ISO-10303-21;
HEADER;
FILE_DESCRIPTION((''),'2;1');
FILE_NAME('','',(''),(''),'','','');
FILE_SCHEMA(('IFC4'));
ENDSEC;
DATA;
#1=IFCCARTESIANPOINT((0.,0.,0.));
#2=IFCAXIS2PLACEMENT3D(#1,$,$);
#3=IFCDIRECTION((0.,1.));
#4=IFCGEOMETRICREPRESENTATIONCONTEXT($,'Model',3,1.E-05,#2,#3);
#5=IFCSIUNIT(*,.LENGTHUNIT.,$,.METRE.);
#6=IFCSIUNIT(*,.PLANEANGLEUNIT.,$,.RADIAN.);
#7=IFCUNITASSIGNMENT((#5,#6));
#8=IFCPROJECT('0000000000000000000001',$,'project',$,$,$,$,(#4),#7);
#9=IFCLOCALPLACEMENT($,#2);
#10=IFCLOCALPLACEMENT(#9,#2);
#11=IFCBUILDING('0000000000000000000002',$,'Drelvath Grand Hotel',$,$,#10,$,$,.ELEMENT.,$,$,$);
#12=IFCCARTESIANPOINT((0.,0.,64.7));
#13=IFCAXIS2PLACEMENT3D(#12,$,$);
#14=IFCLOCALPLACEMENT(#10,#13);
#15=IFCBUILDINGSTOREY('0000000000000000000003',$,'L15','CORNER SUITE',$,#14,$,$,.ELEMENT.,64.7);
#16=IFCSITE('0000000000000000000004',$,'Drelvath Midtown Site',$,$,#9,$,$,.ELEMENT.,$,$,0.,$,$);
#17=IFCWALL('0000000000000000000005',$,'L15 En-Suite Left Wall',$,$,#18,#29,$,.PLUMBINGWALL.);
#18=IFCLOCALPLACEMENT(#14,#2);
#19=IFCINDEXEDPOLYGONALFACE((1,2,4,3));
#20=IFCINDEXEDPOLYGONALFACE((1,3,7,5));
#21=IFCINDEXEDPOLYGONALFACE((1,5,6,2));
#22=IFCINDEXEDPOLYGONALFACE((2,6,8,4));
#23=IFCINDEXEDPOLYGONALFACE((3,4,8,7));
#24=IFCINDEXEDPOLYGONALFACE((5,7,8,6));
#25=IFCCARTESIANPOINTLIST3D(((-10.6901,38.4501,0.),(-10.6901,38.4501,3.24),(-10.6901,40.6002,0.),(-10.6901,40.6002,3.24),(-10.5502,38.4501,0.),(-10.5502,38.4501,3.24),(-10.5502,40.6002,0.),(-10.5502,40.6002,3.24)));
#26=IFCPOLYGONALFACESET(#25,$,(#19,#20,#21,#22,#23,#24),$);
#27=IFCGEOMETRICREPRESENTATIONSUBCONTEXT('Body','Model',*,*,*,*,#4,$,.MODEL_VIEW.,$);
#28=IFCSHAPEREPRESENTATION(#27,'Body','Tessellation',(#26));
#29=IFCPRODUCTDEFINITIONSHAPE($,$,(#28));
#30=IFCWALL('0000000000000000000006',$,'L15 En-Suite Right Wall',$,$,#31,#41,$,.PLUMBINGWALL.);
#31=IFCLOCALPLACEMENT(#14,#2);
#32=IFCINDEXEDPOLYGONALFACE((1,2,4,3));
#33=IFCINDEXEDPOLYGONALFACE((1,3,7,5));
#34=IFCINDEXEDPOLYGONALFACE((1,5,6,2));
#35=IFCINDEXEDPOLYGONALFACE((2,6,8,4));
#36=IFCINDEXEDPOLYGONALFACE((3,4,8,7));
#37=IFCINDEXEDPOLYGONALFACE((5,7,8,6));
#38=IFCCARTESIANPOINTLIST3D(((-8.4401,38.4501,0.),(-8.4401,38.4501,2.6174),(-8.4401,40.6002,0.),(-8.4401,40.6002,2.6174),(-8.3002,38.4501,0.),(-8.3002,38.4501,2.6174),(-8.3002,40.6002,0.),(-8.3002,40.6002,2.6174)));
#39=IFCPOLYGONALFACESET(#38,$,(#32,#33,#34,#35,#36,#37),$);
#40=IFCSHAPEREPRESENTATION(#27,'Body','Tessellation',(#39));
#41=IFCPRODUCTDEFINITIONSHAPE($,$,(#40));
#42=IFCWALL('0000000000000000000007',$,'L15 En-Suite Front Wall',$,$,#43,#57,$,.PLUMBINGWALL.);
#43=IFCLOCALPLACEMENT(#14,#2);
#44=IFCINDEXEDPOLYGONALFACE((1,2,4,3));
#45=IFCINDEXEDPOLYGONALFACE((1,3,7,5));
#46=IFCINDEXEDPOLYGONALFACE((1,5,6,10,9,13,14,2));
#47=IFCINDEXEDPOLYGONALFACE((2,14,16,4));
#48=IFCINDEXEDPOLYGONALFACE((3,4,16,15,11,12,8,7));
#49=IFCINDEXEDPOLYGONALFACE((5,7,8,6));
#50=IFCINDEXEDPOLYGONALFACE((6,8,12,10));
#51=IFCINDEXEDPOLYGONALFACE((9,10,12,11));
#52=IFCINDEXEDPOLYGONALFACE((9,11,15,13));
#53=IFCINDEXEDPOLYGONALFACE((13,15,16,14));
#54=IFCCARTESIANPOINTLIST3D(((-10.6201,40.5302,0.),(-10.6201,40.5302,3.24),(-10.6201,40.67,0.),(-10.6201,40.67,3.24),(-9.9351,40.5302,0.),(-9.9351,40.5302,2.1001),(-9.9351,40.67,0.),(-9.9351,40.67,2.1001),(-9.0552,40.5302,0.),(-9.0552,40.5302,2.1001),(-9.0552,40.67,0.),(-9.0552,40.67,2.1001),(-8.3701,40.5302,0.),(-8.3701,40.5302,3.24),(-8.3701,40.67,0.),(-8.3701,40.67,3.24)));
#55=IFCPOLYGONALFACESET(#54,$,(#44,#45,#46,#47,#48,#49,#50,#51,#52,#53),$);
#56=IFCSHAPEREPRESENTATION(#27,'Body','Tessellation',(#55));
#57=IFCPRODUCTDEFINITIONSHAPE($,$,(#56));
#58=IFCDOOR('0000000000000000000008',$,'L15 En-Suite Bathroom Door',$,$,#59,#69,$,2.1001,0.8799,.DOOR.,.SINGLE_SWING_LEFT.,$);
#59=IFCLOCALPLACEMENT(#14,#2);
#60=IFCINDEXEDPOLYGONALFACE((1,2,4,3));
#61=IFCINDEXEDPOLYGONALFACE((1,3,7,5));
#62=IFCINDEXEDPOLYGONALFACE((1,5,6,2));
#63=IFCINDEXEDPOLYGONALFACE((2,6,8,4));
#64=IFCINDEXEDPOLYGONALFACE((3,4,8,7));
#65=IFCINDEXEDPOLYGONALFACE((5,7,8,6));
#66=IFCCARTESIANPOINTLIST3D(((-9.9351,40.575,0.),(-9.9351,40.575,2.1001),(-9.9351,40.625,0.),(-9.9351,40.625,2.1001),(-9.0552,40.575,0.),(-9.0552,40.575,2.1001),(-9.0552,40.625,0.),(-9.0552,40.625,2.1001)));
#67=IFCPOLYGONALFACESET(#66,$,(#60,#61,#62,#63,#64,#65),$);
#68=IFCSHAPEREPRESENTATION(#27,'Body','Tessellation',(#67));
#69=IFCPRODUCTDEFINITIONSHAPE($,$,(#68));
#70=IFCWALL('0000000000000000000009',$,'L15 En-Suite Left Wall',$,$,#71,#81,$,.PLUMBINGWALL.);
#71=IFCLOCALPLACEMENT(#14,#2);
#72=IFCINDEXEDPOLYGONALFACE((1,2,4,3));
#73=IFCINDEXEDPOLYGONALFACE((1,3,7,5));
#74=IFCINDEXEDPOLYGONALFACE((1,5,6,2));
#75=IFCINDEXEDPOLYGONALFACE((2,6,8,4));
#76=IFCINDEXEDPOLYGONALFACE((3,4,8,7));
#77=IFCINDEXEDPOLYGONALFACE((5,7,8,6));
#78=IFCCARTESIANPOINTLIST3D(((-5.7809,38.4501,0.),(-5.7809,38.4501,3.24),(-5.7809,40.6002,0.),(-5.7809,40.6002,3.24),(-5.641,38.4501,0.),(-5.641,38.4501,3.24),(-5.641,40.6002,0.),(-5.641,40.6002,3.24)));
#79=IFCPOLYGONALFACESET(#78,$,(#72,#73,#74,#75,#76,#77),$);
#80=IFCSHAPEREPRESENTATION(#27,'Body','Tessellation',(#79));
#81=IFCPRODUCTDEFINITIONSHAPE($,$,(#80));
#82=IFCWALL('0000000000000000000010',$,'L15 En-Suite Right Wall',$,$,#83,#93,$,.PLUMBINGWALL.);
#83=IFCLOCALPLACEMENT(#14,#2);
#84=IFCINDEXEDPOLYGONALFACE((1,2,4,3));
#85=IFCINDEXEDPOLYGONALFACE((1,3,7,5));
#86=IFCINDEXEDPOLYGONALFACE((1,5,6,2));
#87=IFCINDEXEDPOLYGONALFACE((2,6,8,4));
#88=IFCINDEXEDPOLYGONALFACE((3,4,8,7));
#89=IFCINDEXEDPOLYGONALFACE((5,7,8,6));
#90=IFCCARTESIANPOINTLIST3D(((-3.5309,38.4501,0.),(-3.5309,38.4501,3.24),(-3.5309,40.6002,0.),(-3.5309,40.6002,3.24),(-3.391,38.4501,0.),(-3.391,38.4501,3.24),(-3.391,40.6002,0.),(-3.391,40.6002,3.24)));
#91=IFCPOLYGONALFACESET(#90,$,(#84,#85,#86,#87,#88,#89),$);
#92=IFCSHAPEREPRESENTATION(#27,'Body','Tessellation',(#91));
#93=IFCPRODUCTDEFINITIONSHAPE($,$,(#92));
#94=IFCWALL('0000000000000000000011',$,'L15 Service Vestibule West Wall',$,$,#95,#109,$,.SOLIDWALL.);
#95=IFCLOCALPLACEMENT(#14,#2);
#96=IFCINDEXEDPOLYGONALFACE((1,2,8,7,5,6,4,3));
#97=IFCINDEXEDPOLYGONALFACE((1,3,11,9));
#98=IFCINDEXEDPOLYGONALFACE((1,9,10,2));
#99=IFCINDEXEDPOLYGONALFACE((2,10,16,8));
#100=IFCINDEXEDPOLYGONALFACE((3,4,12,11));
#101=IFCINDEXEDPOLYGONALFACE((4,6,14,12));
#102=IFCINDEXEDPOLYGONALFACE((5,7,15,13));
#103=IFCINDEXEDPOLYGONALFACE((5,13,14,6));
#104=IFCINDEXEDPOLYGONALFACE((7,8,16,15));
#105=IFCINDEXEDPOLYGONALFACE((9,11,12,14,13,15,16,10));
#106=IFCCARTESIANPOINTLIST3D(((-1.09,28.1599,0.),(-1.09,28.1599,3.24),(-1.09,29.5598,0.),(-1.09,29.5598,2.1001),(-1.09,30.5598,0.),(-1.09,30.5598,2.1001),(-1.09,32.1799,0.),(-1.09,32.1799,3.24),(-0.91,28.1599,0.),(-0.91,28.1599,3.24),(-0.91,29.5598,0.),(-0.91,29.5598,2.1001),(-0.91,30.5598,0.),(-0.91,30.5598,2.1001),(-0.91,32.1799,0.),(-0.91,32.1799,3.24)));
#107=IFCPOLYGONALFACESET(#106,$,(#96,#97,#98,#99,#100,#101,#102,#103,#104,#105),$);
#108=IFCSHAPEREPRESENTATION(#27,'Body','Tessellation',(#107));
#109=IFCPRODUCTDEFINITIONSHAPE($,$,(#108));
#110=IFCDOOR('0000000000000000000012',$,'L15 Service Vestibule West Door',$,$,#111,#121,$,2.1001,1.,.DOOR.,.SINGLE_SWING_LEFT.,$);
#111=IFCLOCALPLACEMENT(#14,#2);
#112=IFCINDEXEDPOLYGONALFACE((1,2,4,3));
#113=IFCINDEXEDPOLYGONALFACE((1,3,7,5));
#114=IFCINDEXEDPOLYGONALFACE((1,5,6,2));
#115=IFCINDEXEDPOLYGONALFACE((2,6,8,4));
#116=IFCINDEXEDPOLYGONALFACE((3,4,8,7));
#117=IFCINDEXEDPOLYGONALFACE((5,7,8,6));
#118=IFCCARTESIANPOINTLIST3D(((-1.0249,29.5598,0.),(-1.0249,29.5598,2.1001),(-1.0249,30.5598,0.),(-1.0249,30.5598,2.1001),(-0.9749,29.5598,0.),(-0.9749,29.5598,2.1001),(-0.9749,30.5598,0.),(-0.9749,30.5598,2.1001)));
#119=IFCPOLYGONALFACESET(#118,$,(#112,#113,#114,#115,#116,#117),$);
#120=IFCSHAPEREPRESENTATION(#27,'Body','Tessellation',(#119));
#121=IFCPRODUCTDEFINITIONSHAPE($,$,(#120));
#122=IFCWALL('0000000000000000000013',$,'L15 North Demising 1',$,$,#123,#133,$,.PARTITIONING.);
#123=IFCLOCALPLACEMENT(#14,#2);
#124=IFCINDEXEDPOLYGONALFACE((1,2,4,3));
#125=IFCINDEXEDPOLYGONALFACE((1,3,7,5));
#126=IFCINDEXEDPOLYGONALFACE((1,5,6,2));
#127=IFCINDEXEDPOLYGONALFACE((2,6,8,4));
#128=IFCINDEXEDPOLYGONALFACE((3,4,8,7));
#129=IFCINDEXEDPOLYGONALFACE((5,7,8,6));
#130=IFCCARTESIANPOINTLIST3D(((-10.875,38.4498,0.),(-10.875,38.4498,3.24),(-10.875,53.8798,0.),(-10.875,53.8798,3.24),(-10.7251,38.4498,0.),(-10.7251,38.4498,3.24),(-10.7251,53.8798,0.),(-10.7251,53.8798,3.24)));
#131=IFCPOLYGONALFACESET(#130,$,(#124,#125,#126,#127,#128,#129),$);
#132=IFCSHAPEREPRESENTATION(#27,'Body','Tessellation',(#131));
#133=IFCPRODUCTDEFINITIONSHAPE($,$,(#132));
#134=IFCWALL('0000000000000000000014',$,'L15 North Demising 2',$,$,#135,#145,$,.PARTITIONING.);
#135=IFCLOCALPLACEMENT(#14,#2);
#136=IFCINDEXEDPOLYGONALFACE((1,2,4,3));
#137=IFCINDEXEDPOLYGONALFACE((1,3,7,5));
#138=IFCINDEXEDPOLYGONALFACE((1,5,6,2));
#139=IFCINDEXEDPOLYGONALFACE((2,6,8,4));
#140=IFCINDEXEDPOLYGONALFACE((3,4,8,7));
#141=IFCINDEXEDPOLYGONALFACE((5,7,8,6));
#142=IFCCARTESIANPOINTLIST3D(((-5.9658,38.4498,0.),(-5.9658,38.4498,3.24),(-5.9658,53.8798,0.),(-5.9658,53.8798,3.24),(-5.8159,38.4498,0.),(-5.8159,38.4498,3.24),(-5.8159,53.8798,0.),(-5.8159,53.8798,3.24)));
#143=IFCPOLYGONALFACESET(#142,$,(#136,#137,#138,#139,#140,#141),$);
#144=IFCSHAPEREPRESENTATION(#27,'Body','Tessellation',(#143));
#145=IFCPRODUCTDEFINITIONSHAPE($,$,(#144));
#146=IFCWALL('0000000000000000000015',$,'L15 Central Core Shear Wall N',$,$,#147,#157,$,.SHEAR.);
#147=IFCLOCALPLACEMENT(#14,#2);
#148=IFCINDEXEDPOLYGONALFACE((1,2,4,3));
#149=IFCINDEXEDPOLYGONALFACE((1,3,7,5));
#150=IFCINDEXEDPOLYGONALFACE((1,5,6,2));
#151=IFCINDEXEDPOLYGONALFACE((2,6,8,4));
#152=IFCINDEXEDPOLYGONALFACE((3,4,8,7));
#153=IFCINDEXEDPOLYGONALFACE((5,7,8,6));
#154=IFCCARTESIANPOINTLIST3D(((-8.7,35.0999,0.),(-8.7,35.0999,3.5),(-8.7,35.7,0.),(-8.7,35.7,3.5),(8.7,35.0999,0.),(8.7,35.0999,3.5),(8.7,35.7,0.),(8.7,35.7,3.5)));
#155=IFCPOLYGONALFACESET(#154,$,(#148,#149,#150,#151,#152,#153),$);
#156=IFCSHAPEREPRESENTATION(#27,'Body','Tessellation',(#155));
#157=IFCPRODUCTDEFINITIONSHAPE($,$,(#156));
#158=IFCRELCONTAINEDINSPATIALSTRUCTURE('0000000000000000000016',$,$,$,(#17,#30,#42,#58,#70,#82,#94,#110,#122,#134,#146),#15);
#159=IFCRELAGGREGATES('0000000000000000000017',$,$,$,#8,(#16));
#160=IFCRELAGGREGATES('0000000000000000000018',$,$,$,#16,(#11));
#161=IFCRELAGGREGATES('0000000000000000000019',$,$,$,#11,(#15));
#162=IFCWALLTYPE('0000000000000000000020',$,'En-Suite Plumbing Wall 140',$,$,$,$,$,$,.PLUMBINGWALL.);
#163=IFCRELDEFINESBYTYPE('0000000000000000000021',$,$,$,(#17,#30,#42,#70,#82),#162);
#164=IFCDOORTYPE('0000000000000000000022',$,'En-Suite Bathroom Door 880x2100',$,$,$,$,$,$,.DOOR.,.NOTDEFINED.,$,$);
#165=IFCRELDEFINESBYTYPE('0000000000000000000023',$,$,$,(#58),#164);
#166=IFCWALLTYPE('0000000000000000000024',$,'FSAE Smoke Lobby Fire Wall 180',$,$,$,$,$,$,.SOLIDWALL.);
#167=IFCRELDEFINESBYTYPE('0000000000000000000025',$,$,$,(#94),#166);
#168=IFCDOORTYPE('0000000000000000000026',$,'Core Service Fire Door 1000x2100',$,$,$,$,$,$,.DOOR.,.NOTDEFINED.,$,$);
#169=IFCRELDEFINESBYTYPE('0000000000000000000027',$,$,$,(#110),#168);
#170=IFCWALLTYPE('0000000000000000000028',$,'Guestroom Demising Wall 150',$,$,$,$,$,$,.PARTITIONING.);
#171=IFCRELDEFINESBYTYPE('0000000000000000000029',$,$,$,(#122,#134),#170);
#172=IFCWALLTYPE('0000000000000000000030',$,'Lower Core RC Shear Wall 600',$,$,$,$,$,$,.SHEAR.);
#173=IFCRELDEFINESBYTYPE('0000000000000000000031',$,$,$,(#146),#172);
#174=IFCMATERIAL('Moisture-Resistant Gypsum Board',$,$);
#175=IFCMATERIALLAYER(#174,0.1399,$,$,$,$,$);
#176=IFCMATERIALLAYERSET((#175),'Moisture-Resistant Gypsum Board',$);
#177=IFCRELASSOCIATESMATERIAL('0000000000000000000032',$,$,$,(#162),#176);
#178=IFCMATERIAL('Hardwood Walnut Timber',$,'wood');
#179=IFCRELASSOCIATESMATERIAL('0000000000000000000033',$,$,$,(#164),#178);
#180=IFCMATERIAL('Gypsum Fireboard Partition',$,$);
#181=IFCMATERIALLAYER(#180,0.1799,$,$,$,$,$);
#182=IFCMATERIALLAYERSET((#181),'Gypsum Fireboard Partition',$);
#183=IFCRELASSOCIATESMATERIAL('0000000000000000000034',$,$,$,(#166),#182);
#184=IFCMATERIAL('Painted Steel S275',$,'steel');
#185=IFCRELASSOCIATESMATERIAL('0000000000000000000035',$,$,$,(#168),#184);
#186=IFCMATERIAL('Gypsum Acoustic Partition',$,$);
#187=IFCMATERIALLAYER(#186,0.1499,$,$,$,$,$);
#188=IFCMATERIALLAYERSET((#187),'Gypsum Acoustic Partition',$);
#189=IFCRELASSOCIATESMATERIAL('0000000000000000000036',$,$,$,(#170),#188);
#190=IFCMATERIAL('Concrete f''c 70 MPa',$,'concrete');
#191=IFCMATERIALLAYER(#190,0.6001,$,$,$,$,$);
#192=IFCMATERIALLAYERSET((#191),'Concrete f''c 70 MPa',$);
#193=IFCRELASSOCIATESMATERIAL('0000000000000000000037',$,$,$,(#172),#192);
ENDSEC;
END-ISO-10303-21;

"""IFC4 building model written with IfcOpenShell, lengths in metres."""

from ifc_helpers import new_model, si_unit, direction, frame, frame_2d, origin, place, context, subcontext, project, spatial, rectangle, extrude, material, layer, layer_set, type_object, element, fill, save


model = new_model("IFC4")

# Units and contexts
model_context = context("Model", 3, precision=1e-05, world=origin(), true_north=direction((0.0, 1.0)))
body_context = subcontext(model_context, "Body", "Model", "MODEL_VIEW")
ifc_project = project(units=[si_unit("LENGTHUNIT", "METRE"), si_unit("PLANEANGLEUNIT", "RADIAN")], contexts=[model_context])

# Site, building, storey
site_placement = place(None, origin())
site = spatial("IfcSite", under=ifc_project, at=site_placement, Name="Drelvath Midtown Site", CompositionType="ELEMENT", RefElevation=0.0)
building_placement = place(site_placement, origin())
building = spatial("IfcBuilding", under=site, at=building_placement, Name="Drelvath Grand Hotel", CompositionType="ELEMENT")
storey_placement = place(building_placement, frame((0.0, 0.0, 64.7)))
storey = spatial("IfcBuildingStorey", under=building, at=storey_placement, Name="L15", Description="CORNER SUITE", CompositionType="ELEMENT", Elevation=64.7)

# Shared definitions
ifc_material_1 = material(Name="Concrete f'c 70 MPa", Category="concrete")

# Shared definitions
ifc_material_2 = material(Name="Painted Steel S275", Category="steel")

# Shared definitions
ifc_material_3 = material(Name="Gypsum Fireboard Partition")
ifc_material_4 = material(Name="Moisture-Resistant Gypsum Board")
ifc_layer_1 = layer(ifc_material_4, 0.1399)
ifc_layer_set_1 = layer_set([ifc_layer_1], Name="Moisture-Resistant Gypsum Board")
wall_type_1 = type_object("IfcWallType", Name="En-Suite Plumbing Wall 140", PredefinedType="PLUMBINGWALL", material=ifc_layer_set_1)

# Shared definitions
ifc_material_5 = material(Name="Hardwood Walnut Timber", Category="wood")
door_type_1 = type_object("IfcDoorType", Name="En-Suite Bathroom Door 880x2100", OperationType="NOTDEFINED", PredefinedType="DOOR", material=ifc_material_5)

# Walls
wall_1_placement = place(storey_placement, frame((-10.6201, 38.45, 0.0), z_axis=(0.0, 0.0, 1.0), x_axis=(0.0, 1.0, 0.0)))
element("IfcWall", 1, at=wall_1_placement, inside=storey, type_object=wall_type_1, Name="L15 En-Suite Left Wall", PredefinedType="PLUMBINGWALL", context=body_context, shape_type="SweptSolid", body=[
    extrude(rectangle(XDim=2.1501, YDim=0.1399, at=frame_2d((1.0752, 0.0))), origin(), (0.0, 0.0, 1.0), 3.24),
])
wall_2_placement = place(storey_placement, frame((-8.3701, 38.45, 0.0), z_axis=(0.0, 0.0, 1.0), x_axis=(0.0, 1.0, 0.0)))
element("IfcWall", 2, at=wall_2_placement, inside=storey, type_object=wall_type_1, Name="L15 En-Suite Right Wall", PredefinedType="PLUMBINGWALL", context=body_context, shape_type="SweptSolid", body=[
    extrude(rectangle(XDim=2.1501, YDim=0.1399, at=frame_2d((1.0752, 0.0))), origin(), (0.0, 0.0, 1.0), 2.6174),
])

# Wall, opening, door
wall_3_placement = place(storey_placement, frame((-10.6201, 40.6001, 0.0), z_axis=(0.0, 0.0, 1.0), x_axis=(1.0, 0.0, 0.0)))
wall_3 = element("IfcWall", 3, at=wall_3_placement, inside=storey, type_object=wall_type_1, Name="L15 En-Suite Front Wall", PredefinedType="PLUMBINGWALL", context=body_context, shape_type="SweptSolid", body=[
    extrude(rectangle(XDim=2.25, YDim=0.1399, at=frame_2d((1.125, 0.0))), origin(), (0.0, 0.0, 1.0), 3.24),
])
opening_1_placement = place(wall_3_placement, frame((0.6851, 0.0, 0.0)))
opening_1 = element("IfcOpeningElement", 4, at=opening_1_placement, cuts=wall_3, PredefinedType="OPENING", context=body_context, shape_type="SweptSolid", body=[
    extrude(rectangle(XDim=0.8799, YDim=2.1001, at=frame_2d((0.4399, 1.05))), frame((0.0, 0.0798, 0.0), z_axis=(0.0, -1.0, 0.0), x_axis=(1.0, 0.0, 0.0)), (0.0, 0.0, 1.0), 0.1599),
])
door_1_placement = place(opening_1_placement, origin())
door_1 = element("IfcDoor", 5, at=door_1_placement, inside=storey, type_object=door_type_1, Name="L15 En-Suite Bathroom Door", OperationType="SINGLE_SWING_LEFT", OverallHeight=2.1001, OverallWidth=0.8799, PredefinedType="DOOR", context=body_context, shape_type="SweptSolid", body=[
    extrude(rectangle(XDim=0.8799, YDim=2.1001, at=frame_2d((0.4399, 1.05))), frame((0.0, 0.0249, 0.0), z_axis=(0.0, -1.0, 0.0), x_axis=(1.0, 0.0, 0.0)), (0.0, 0.0, 1.0), 0.05),
])
fill(opening_1, door_1)

# Walls
for number, where, z_axis, x_axis, name in (
    (6, (-5.7109, 38.45, 0.0), (0.0, 0.0, 1.0), (0.0, 1.0, 0.0), "L15 En-Suite Left Wall"),
    (7, (-3.4609, 38.45, 0.0), (0.0, 0.0, 1.0), (0.0, 1.0, 0.0), "L15 En-Suite Right Wall"),
):
    element("IfcWall", number, at=place(storey_placement, frame(where, z_axis=z_axis, x_axis=x_axis)), inside=storey, type_object=wall_type_1, Name=name, PredefinedType="PLUMBINGWALL", context=body_context, shape_type="SweptSolid", body=[
        extrude(rectangle(XDim=2.1501, YDim=0.1399, at=frame_2d((1.0752, 0.0))), origin(), (0.0, 0.0, 1.0), 3.24),
    ])

# Wall, opening, door
ifc_layer_2 = layer(ifc_material_3, 0.1799)
ifc_layer_set_2 = layer_set([ifc_layer_2], Name="Gypsum Fireboard Partition")
wall_type_2 = type_object("IfcWallType", Name="FSAE Smoke Lobby Fire Wall 180", PredefinedType="SOLIDWALL", material=ifc_layer_set_2)
wall_4_placement = place(storey_placement, frame((-1.0, 28.1599, 0.0), z_axis=(0.0, 0.0, 1.0), x_axis=(0.0, 1.0, 0.0)))
wall_4 = element("IfcWall", 8, at=wall_4_placement, inside=storey, type_object=wall_type_2, Name="L15 Service Vestibule West Wall", PredefinedType="SOLIDWALL", context=body_context, shape_type="SweptSolid", body=[
    extrude(rectangle(XDim=4.02, YDim=0.1799, at=frame_2d((2.01, 0.0))), origin(), (0.0, 0.0, 1.0), 3.24),
])
opening_2_placement = place(wall_4_placement, frame((1.3999, 0.0, 0.0)))
opening_2 = element("IfcOpeningElement", 9, at=opening_2_placement, cuts=wall_4, PredefinedType="OPENING", context=body_context, shape_type="SweptSolid", body=[
    extrude(rectangle(XDim=1.0, YDim=2.1001, at=frame_2d((0.5, 1.05))), frame((0.0, 0.0999, 0.0), z_axis=(0.0, -1.0, 0.0), x_axis=(1.0, 0.0, 0.0)), (0.0, 0.0, 1.0), 0.2),
])
door_type_2 = type_object("IfcDoorType", Name="Core Service Fire Door 1000x2100", OperationType="NOTDEFINED", PredefinedType="DOOR", material=ifc_material_2)
door_2_placement = place(opening_2_placement, origin())
door_2 = element("IfcDoor", 10, at=door_2_placement, inside=storey, type_object=door_type_2, Name="L15 Service Vestibule West Door", OperationType="SINGLE_SWING_LEFT", OverallHeight=2.1001, OverallWidth=1.0, PredefinedType="DOOR", context=body_context, shape_type="SweptSolid", body=[
    extrude(rectangle(XDim=1.0, YDim=2.1001, at=frame_2d((0.5, 1.05))), frame((0.0, 0.0249, 0.0), z_axis=(0.0, -1.0, 0.0), x_axis=(1.0, 0.0, 0.0)), (0.0, 0.0, 1.0), 0.05),
])
fill(opening_2, door_2)

# Walls
ifc_material_6 = material(Name="Gypsum Acoustic Partition")
ifc_layer_3 = layer(ifc_material_6, 0.1499)
ifc_layer_set_3 = layer_set([ifc_layer_3], Name="Gypsum Acoustic Partition")
wall_type_3 = type_object("IfcWallType", Name="Guestroom Demising Wall 150", PredefinedType="PARTITIONING", material=ifc_layer_set_3)
for number, where, z_axis, x_axis, name in (
    (11, (-10.8, 38.45, 0.0), (0.0, 0.0, 1.0), (0.0, 1.0, 0.0), "L15 North Demising 1"),
    (12, (-5.8909, 38.45, 0.0), (0.0, 0.0, 1.0), (0.0, 1.0, 0.0), "L15 North Demising 2"),
):
    element("IfcWall", number, at=place(storey_placement, frame(where, z_axis=z_axis, x_axis=x_axis)), inside=storey, type_object=wall_type_3, Name=name, PredefinedType="PARTITIONING", context=body_context, shape_type="SweptSolid", body=[
        extrude(rectangle(XDim=15.4299, YDim=0.1499, at=frame_2d((7.7148, 0.0))), origin(), (0.0, 0.0, 1.0), 3.24),
    ])
ifc_layer_4 = layer(ifc_material_1, 0.6001)
ifc_layer_set_4 = layer_set([ifc_layer_4], Name="Concrete f'c 70 MPa")
wall_type_4 = type_object("IfcWallType", Name="Lower Core RC Shear Wall 600", PredefinedType="SHEAR", material=ifc_layer_set_4)
wall_5_placement = place(storey_placement, frame((-8.7, 35.3999, 0.0), z_axis=(0.0, 0.0, 1.0), x_axis=(1.0, 0.0, 0.0)))
element("IfcWall", 13, at=wall_5_placement, inside=storey, type_object=wall_type_4, Name="L15 Central Core Shear Wall N", PredefinedType="SHEAR", context=body_context, shape_type="SweptSolid", body=[
    extrude(rectangle(XDim=17.3999, YDim=0.6001, at=frame_2d((8.7, 0.0))), origin(), (0.0, 0.0, 1.0), 3.5),
])

save(model, "model.ifc")
